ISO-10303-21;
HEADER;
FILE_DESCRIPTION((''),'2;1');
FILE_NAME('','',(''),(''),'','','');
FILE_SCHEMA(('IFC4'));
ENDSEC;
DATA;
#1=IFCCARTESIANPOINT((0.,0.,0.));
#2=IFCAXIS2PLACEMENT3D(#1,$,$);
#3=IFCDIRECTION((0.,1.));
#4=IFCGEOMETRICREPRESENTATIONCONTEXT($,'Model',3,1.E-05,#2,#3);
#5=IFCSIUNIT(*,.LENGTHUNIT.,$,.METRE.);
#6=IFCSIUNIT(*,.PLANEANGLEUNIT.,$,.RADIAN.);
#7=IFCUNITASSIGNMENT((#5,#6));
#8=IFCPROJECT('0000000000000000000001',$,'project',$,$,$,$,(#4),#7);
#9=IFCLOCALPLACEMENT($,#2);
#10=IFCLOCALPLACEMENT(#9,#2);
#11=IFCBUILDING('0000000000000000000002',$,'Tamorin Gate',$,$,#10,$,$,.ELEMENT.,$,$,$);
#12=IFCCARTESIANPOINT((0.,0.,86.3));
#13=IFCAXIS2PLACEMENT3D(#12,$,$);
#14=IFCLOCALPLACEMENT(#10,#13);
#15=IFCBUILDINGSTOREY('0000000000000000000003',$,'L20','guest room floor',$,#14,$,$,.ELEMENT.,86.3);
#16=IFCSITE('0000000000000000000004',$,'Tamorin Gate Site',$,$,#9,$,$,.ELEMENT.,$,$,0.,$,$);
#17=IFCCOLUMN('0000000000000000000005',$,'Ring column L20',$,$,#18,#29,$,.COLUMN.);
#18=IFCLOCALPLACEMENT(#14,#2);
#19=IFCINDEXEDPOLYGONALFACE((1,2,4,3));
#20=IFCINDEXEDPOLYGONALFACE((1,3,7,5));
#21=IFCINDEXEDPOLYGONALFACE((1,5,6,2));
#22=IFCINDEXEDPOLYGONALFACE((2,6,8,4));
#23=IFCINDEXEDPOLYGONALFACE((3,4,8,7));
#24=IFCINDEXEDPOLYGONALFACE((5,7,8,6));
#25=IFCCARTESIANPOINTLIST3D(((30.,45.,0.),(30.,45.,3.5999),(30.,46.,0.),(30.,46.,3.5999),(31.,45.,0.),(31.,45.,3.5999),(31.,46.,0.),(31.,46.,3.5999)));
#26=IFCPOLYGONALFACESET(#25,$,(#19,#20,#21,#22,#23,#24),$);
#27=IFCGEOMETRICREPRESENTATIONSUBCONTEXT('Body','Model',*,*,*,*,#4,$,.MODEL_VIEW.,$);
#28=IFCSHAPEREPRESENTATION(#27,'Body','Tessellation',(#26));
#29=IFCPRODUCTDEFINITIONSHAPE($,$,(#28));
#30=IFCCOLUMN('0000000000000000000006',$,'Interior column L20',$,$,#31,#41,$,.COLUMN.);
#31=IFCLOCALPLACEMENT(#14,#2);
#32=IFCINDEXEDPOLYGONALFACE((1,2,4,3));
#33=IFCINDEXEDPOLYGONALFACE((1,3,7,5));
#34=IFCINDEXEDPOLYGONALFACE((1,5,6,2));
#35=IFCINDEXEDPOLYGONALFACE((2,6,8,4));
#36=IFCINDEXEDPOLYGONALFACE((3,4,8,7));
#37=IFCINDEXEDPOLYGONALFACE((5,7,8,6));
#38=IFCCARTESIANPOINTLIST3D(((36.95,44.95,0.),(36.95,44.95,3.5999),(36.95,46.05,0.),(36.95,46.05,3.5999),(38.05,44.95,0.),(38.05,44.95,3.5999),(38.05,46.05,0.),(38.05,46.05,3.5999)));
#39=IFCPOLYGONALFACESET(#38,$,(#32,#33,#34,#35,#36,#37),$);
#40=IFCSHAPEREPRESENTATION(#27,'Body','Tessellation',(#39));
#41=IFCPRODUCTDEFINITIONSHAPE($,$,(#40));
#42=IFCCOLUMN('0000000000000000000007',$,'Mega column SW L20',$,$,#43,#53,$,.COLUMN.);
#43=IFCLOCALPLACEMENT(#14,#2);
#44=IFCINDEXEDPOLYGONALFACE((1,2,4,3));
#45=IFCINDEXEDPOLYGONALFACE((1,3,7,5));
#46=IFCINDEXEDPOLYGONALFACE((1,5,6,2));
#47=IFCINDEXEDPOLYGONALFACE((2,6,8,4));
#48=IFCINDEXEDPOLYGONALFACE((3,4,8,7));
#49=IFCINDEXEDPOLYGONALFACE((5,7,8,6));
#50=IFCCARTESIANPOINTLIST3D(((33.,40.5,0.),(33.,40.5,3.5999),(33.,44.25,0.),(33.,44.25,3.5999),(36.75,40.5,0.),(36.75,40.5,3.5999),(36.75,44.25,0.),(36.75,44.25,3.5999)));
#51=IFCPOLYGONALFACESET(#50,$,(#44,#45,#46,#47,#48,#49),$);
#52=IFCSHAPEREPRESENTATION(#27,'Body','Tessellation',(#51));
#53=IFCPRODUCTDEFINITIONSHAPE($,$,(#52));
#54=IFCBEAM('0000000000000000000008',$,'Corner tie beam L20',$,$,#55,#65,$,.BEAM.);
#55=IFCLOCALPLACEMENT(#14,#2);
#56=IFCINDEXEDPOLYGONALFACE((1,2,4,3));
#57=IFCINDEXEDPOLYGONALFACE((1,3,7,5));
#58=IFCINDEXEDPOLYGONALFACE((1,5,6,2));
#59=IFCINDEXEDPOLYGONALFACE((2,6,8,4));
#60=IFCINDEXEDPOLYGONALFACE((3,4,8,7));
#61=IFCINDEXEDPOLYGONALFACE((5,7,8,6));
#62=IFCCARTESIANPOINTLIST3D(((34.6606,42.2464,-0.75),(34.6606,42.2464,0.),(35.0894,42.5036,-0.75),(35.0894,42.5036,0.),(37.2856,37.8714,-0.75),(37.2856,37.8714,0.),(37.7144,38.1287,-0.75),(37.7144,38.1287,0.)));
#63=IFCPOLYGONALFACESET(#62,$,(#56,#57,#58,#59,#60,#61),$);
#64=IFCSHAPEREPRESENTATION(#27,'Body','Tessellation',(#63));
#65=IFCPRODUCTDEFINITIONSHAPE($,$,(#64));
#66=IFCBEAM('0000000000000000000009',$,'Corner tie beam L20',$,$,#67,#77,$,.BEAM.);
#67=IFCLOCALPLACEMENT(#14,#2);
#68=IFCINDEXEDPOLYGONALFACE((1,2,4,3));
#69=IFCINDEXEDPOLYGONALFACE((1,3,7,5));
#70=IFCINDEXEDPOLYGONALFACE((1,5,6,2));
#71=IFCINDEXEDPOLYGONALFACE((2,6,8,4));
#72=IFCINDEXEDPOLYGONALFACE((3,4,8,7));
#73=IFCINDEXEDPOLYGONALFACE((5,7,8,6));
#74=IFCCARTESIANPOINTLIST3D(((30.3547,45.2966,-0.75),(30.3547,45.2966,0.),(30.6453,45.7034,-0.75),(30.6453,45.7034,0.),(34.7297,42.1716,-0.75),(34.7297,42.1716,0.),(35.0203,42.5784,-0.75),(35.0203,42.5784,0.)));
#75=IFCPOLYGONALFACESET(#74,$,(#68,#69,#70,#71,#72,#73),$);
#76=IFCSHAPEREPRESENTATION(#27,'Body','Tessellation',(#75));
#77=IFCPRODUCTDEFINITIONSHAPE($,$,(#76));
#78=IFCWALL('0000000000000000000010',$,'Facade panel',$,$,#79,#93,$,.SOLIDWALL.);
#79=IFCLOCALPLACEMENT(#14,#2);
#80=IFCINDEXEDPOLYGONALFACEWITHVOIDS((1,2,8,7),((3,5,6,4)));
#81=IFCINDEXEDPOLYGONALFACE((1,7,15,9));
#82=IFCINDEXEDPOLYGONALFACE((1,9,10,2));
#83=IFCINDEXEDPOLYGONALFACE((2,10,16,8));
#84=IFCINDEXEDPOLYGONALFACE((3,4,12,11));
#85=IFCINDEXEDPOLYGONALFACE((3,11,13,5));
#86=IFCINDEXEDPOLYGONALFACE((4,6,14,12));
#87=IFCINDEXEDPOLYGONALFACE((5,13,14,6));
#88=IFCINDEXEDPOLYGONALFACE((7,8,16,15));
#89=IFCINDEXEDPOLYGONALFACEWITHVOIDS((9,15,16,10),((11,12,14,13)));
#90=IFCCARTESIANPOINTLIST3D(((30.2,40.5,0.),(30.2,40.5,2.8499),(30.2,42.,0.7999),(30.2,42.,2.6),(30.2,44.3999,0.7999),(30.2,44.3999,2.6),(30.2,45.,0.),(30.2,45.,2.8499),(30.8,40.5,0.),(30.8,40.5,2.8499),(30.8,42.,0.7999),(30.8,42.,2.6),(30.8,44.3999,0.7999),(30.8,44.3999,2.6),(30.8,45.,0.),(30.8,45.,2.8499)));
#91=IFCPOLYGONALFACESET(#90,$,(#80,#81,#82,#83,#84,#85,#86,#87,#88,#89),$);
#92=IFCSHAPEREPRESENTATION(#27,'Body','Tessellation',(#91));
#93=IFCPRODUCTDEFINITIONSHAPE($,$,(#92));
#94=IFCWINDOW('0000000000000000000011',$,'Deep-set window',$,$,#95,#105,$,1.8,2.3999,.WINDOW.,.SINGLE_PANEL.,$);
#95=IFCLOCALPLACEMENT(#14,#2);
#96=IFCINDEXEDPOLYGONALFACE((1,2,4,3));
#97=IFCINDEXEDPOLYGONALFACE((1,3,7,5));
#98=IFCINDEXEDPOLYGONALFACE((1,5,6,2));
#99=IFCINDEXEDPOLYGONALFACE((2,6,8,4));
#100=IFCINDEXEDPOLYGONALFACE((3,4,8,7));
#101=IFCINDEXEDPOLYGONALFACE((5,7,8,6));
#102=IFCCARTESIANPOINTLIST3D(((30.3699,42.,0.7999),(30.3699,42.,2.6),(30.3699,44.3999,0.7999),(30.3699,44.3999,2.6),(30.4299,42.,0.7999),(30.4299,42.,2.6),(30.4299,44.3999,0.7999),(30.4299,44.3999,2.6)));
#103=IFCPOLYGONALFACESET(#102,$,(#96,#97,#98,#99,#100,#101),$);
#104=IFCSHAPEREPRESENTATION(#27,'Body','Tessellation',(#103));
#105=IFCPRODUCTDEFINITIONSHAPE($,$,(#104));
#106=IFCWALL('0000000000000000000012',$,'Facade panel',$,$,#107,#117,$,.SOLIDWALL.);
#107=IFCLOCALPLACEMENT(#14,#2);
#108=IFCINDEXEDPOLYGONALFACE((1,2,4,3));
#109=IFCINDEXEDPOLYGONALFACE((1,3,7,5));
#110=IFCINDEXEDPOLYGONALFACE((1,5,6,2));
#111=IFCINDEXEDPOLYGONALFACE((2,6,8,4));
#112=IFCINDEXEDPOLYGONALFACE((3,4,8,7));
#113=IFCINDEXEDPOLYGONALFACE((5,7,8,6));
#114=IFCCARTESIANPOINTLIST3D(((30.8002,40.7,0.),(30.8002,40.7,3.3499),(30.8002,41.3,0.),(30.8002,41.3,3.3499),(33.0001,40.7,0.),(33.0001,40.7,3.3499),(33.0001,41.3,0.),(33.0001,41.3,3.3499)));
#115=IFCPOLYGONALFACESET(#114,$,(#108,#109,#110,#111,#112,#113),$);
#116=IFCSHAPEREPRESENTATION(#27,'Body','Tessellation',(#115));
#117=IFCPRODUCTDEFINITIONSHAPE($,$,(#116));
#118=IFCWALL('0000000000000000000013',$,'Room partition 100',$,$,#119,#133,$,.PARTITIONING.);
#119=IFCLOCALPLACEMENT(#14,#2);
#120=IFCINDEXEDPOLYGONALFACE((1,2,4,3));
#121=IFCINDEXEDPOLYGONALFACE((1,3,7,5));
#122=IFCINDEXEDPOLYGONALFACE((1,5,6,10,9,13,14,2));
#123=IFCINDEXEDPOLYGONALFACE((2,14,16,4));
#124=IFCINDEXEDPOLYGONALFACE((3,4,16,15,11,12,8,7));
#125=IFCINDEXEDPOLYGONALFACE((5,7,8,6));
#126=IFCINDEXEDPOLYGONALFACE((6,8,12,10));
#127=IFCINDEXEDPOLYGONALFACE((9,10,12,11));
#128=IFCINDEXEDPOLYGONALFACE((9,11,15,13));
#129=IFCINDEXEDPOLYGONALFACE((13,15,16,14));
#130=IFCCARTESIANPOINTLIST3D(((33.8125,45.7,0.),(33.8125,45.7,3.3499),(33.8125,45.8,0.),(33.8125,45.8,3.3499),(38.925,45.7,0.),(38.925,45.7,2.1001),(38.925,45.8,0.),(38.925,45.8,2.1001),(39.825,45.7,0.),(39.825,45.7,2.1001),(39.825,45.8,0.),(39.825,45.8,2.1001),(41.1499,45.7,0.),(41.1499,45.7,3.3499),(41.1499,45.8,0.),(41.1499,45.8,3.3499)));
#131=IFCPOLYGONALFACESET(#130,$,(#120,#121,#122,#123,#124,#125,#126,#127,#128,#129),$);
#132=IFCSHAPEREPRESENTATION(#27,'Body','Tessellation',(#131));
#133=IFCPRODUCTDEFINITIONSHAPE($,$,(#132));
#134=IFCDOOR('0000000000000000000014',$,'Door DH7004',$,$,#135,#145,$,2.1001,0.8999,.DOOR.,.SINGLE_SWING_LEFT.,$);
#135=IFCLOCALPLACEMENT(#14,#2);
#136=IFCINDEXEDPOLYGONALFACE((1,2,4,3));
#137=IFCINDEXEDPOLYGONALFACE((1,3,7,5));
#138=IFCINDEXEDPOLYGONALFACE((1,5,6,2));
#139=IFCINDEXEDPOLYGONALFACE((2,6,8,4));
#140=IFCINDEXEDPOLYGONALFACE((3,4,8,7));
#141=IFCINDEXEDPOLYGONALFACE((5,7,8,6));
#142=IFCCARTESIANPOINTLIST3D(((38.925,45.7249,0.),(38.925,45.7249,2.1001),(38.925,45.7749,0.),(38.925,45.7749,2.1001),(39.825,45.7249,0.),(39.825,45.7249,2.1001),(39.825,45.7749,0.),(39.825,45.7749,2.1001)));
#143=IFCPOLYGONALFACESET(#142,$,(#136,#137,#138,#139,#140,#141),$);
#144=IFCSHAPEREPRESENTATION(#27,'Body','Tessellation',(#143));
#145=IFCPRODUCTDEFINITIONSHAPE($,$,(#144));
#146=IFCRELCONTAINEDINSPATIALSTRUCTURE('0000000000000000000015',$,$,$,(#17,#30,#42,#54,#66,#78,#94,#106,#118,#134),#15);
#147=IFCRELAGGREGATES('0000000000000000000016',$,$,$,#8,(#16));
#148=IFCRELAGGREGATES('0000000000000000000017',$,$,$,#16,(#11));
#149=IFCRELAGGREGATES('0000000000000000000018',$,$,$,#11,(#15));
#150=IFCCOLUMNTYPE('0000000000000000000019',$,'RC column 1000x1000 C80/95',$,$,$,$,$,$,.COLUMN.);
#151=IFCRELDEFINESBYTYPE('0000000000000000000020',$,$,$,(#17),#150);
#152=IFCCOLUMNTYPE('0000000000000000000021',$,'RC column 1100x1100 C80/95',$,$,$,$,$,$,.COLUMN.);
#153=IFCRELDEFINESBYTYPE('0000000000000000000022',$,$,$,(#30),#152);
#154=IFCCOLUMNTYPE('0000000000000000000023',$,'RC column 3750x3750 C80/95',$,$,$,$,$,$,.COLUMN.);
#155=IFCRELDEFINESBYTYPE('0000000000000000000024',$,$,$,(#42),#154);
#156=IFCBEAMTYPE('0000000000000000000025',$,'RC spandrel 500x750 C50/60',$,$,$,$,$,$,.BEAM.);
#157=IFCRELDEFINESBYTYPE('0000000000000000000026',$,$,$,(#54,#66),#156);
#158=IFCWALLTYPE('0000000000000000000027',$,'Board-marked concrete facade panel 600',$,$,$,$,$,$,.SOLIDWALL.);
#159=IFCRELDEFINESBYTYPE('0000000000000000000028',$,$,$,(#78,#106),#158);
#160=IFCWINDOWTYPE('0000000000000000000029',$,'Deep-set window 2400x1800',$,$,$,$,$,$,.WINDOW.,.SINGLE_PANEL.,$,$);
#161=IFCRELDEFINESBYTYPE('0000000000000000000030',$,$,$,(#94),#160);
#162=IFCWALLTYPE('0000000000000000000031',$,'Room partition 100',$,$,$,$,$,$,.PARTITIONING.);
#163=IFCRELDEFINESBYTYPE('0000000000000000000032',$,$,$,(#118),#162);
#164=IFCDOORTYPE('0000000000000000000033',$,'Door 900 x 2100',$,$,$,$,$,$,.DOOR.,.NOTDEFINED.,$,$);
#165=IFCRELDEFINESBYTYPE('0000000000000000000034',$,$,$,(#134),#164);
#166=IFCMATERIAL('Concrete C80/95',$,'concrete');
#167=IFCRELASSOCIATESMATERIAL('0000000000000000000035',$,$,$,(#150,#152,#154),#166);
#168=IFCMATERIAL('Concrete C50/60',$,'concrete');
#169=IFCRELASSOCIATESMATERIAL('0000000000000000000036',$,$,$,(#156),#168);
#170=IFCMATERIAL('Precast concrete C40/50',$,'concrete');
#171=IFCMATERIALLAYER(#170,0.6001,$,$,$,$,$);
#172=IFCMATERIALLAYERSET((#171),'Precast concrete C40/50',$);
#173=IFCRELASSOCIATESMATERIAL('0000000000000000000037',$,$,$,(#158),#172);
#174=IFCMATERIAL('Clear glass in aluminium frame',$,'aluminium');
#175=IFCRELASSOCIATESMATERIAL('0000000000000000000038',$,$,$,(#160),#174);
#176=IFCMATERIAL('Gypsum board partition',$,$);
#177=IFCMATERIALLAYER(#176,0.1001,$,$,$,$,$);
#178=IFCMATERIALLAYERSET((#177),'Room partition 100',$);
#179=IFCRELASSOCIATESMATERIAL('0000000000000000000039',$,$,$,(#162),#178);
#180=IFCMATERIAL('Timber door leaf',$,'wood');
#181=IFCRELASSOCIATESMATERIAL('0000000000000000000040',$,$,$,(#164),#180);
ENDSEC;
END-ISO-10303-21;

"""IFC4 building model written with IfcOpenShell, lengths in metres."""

from ifc_helpers import new_model, si_unit, direction, frame, frame_2d, origin, origin_2d, place, context, subcontext, project, spatial, rectangle, extrude, material, layer, layer_set, material_profile, profile_set, type_object, element, fill, save


model = new_model("IFC4")

# Units and contexts
model_context = context("Model", 3, precision=1e-05, world=origin(), true_north=direction((0.0, 1.0)))
body_context = subcontext(model_context, "Body", "Model", "MODEL_VIEW")
ifc_project = project(units=[si_unit("LENGTHUNIT", "METRE"), si_unit("PLANEANGLEUNIT", "RADIAN")], contexts=[model_context])

# Site, building, storey
site_placement = place(None, origin())
site = spatial("IfcSite", under=ifc_project, at=site_placement, Name="Tamorin Gate Site", CompositionType="ELEMENT", RefElevation=0.0)
building_placement = place(site_placement, origin())
building = spatial("IfcBuilding", under=site, at=building_placement, Name="Tamorin Gate", CompositionType="ELEMENT")
storey_placement = place(building_placement, frame((0.0, 0.0, 86.3)))
storey = spatial("IfcBuildingStorey", under=building, at=storey_placement, Name="L20", Description="guest room floor", CompositionType="ELEMENT", Elevation=86.3)

# Columns
ifc_material_1 = material(Name="Concrete C80/95", Category="concrete")
ifc_material_profile_1 = material_profile(ifc_material_1, rectangle(XDim=1.0, YDim=1.0, at=origin_2d()), Name="RC 1000x1000")
ifc_profile_set_1 = profile_set([ifc_material_profile_1], Name="Concrete C80/95")
column_type_1 = type_object("IfcColumnType", Name="RC column 1000x1000 C80/95", PredefinedType="COLUMN", material=ifc_profile_set_1)
column_1_placement = place(storey_placement, frame((30.5, 45.5, 0.0), z_axis=(0.0, 0.0, 1.0), x_axis=(1.0, 0.0, 0.0)))
element("IfcColumn", 1, at=column_1_placement, inside=storey, type_object=column_type_1, Name="Ring column L20", PredefinedType="COLUMN", context=body_context, shape_type="SweptSolid", body=[
    extrude(rectangle(XDim=1.0, YDim=1.0, at=origin_2d()), origin(), (0.0, 0.0, 1.0), 3.5999),
])
ifc_material_profile_2 = material_profile(ifc_material_1, rectangle(XDim=1.1001, YDim=1.1001, at=origin_2d()), Name="RC 1100x1100")
ifc_profile_set_2 = profile_set([ifc_material_profile_2], Name="Concrete C80/95")
column_type_2 = type_object("IfcColumnType", Name="RC column 1100x1100 C80/95", PredefinedType="COLUMN", material=ifc_profile_set_2)
column_2_placement = place(storey_placement, frame((37.5, 45.5, 0.0), z_axis=(0.0, 0.0, 1.0), x_axis=(1.0, 0.0, 0.0)))
element("IfcColumn", 2, at=column_2_placement, inside=storey, type_object=column_type_2, Name="Interior column L20", PredefinedType="COLUMN", context=body_context, shape_type="SweptSolid", body=[
    extrude(rectangle(XDim=1.1001, YDim=1.1001, at=origin_2d()), origin(), (0.0, 0.0, 1.0), 3.5999),
])
ifc_material_profile_3 = material_profile(ifc_material_1, rectangle(XDim=3.75, YDim=3.75, at=origin_2d()), Name="RC 3750x3750")
ifc_profile_set_3 = profile_set([ifc_material_profile_3], Name="Concrete C80/95")
column_type_3 = type_object("IfcColumnType", Name="RC column 3750x3750 C80/95", PredefinedType="COLUMN", material=ifc_profile_set_3)
column_3_placement = place(storey_placement, frame((34.875, 42.375, 0.0), z_axis=(0.0, 0.0, 1.0), x_axis=(1.0, 0.0, 0.0)))
element("IfcColumn", 3, at=column_3_placement, inside=storey, type_object=column_type_3, Name="Mega column SW L20", PredefinedType="COLUMN", context=body_context, shape_type="SweptSolid", body=[
    extrude(rectangle(XDim=3.75, YDim=3.75, at=origin_2d()), origin(), (0.0, 0.0, 1.0), 3.5999),
])

# Beams
ifc_material_2 = material(Name="Concrete C50/60", Category="concrete")
ifc_material_profile_4 = material_profile(ifc_material_2, rectangle(XDim=0.5, YDim=0.75, at=origin_2d()), Name="RC 500x750")
ifc_profile_set_4 = profile_set([ifc_material_profile_4], Name="Concrete C50/60")
beam_type = type_object("IfcBeamType", Name="RC spandrel 500x750 C50/60", PredefinedType="BEAM", material=ifc_profile_set_4)
beam_1_placement = place(storey_placement, frame((34.875, 42.375, -0.375), z_axis=(0.514496, -0.857493, 0.0), x_axis=(0.857493, 0.514496, 0.0)))
element("IfcBeam", 4, at=beam_1_placement, inside=storey, type_object=beam_type, Name="Corner tie beam L20", PredefinedType="BEAM", context=body_context, shape_type="SweptSolid", body=[
    extrude(rectangle(XDim=0.5, YDim=0.75, at=origin_2d()), origin(), (0.0, 0.0, 1.0), 5.1021),
])
beam_2_placement = place(storey_placement, frame((34.875, 42.375, -0.375), z_axis=(-0.813733, 0.581238, 0.0), x_axis=(-0.581238, -0.813733, 0.0)))
element("IfcBeam", 5, at=beam_2_placement, inside=storey, type_object=beam_type, Name="Corner tie beam L20", PredefinedType="BEAM", context=body_context, shape_type="SweptSolid", body=[
    extrude(rectangle(XDim=0.5, YDim=0.75, at=origin_2d()), origin(), (0.0, 0.0, 1.0), 5.3765),
])

# Wall, opening, window
ifc_material_3 = material(Name="Precast concrete C40/50", Category="concrete")
ifc_layer_1 = layer(ifc_material_3, 0.6001)
ifc_layer_set_1 = layer_set([ifc_layer_1], Name="Precast concrete C40/50")
wall_type_1 = type_object("IfcWallType", Name="Board-marked concrete facade panel 600", PredefinedType="SOLIDWALL", material=ifc_layer_set_1)
wall_1_placement = place(storey_placement, frame((30.5, 45.0, 0.0), z_axis=(0.0, 0.0, 1.0), x_axis=(0.0, -1.0, 0.0)))
wall_1 = element("IfcWall", 6, at=wall_1_placement, inside=storey, type_object=wall_type_1, Name="Facade panel", PredefinedType="SOLIDWALL", context=body_context, shape_type="SweptSolid", body=[
    extrude(rectangle(XDim=4.5, YDim=0.6001, at=frame_2d((2.25, 0.0))), origin(), (0.0, 0.0, 1.0), 2.8499),
])
opening_1_placement = place(wall_1_placement, frame((0.6001, 0.0, 0.8)))
opening_1 = element("IfcOpeningElement", 7, at=opening_1_placement, cuts=wall_1, PredefinedType="OPENING", context=body_context, shape_type="SweptSolid", body=[
    extrude(rectangle(XDim=2.3999, YDim=1.8, at=frame_2d((1.2, 0.8999))), frame((0.0, 0.3101, 0.0), z_axis=(0.0, -1.0, 0.0), x_axis=(1.0, 0.0, 0.0)), (0.0, 0.0, 1.0), 0.6201),
])
ifc_material_4 = material(Name="Clear glass in aluminium frame", Category="aluminium")
window_type = type_object("IfcWindowType", Name="Deep-set window 2400x1800", PartitioningType="SINGLE_PANEL", PredefinedType="WINDOW", material=ifc_material_4)
window_placement = place(opening_1_placement, origin())
window = element("IfcWindow", 8, at=window_placement, inside=storey, type_object=window_type, Name="Deep-set window", OverallHeight=1.8, OverallWidth=2.3999, PartitioningType="SINGLE_PANEL", PredefinedType="WINDOW", context=body_context, shape_type="SweptSolid", body=[
    extrude(rectangle(XDim=2.3999, YDim=1.8, at=frame_2d((1.2, 0.8999))), frame((0.0, -0.0701, 0.0), z_axis=(0.0, -1.0, 0.0), x_axis=(1.0, 0.0, 0.0)), (0.0, 0.0, 1.0), 0.0601),
])
fill(opening_1, window)

# Wall
wall_2_placement = place(storey_placement, frame((30.8, 41.0, 0.0), z_axis=(0.0, 0.0, 1.0), x_axis=(1.0, 0.0, 0.0)))
element("IfcWall", 9, at=wall_2_placement, inside=storey, type_object=wall_type_1, Name="Facade panel", PredefinedType="SOLIDWALL", context=body_context, shape_type="SweptSolid", body=[
    extrude(rectangle(XDim=2.2, YDim=0.6001, at=frame_2d((1.1001, 0.0))), origin(), (0.0, 0.0, 1.0), 3.3499),
])

# Wall, opening, door
ifc_material_5 = material(Name="Gypsum board partition")
ifc_layer_2 = layer(ifc_material_5, 0.1001)
ifc_layer_set_2 = layer_set([ifc_layer_2], Name="Room partition 100")
wall_type_2 = type_object("IfcWallType", Name="Room partition 100", PredefinedType="PARTITIONING", material=ifc_layer_set_2)
wall_3_placement = place(storey_placement, frame((33.8125, 45.75, 0.0), z_axis=(0.0, 0.0, 1.0), x_axis=(1.0, 0.0, 0.0)))
wall_3 = element("IfcWall", 10, at=wall_3_placement, inside=storey, type_object=wall_type_2, Name="Room partition 100", PredefinedType="PARTITIONING", context=body_context, shape_type="SweptSolid", body=[
    extrude(rectangle(XDim=7.3374, YDim=0.1001, at=frame_2d((3.6687, 0.0))), origin(), (0.0, 0.0, 1.0), 3.3499),
])
opening_2_placement = place(wall_3_placement, frame((5.1125, 0.0, 0.0)))
opening_2 = element("IfcOpeningElement", 11, at=opening_2_placement, cuts=wall_3, PredefinedType="OPENING", context=body_context, shape_type="SweptSolid", body=[
    extrude(rectangle(XDim=0.8999, YDim=2.1001, at=frame_2d((0.45, 1.05))), frame((0.0, 0.0601, 0.0), z_axis=(0.0, -1.0, 0.0), x_axis=(1.0, 0.0, 0.0)), (0.0, 0.0, 1.0), 0.1201),
])
ifc_material_6 = material(Name="Timber door leaf", Category="wood")
door_type = type_object("IfcDoorType", Name="Door 900 x 2100", OperationType="NOTDEFINED", PredefinedType="DOOR", material=ifc_material_6)
door_1_placement = place(opening_2_placement, origin())
door_1 = element("IfcDoor", 12, at=door_1_placement, inside=storey, type_object=door_type, Name="Door DH7004", OperationType="SINGLE_SWING_LEFT", OverallHeight=2.1001, OverallWidth=0.8999, PredefinedType="DOOR", context=body_context, shape_type="SweptSolid", body=[
    extrude(rectangle(XDim=0.8999, YDim=2.1001, at=frame_2d((0.45, 1.05))), frame((0.0, 0.0249, 0.0), z_axis=(0.0, -1.0, 0.0), x_axis=(1.0, 0.0, 0.0)), (0.0, 0.0, 1.0), 0.05),
])
fill(opening_2, door_1)

save(model, "model.ifc")
